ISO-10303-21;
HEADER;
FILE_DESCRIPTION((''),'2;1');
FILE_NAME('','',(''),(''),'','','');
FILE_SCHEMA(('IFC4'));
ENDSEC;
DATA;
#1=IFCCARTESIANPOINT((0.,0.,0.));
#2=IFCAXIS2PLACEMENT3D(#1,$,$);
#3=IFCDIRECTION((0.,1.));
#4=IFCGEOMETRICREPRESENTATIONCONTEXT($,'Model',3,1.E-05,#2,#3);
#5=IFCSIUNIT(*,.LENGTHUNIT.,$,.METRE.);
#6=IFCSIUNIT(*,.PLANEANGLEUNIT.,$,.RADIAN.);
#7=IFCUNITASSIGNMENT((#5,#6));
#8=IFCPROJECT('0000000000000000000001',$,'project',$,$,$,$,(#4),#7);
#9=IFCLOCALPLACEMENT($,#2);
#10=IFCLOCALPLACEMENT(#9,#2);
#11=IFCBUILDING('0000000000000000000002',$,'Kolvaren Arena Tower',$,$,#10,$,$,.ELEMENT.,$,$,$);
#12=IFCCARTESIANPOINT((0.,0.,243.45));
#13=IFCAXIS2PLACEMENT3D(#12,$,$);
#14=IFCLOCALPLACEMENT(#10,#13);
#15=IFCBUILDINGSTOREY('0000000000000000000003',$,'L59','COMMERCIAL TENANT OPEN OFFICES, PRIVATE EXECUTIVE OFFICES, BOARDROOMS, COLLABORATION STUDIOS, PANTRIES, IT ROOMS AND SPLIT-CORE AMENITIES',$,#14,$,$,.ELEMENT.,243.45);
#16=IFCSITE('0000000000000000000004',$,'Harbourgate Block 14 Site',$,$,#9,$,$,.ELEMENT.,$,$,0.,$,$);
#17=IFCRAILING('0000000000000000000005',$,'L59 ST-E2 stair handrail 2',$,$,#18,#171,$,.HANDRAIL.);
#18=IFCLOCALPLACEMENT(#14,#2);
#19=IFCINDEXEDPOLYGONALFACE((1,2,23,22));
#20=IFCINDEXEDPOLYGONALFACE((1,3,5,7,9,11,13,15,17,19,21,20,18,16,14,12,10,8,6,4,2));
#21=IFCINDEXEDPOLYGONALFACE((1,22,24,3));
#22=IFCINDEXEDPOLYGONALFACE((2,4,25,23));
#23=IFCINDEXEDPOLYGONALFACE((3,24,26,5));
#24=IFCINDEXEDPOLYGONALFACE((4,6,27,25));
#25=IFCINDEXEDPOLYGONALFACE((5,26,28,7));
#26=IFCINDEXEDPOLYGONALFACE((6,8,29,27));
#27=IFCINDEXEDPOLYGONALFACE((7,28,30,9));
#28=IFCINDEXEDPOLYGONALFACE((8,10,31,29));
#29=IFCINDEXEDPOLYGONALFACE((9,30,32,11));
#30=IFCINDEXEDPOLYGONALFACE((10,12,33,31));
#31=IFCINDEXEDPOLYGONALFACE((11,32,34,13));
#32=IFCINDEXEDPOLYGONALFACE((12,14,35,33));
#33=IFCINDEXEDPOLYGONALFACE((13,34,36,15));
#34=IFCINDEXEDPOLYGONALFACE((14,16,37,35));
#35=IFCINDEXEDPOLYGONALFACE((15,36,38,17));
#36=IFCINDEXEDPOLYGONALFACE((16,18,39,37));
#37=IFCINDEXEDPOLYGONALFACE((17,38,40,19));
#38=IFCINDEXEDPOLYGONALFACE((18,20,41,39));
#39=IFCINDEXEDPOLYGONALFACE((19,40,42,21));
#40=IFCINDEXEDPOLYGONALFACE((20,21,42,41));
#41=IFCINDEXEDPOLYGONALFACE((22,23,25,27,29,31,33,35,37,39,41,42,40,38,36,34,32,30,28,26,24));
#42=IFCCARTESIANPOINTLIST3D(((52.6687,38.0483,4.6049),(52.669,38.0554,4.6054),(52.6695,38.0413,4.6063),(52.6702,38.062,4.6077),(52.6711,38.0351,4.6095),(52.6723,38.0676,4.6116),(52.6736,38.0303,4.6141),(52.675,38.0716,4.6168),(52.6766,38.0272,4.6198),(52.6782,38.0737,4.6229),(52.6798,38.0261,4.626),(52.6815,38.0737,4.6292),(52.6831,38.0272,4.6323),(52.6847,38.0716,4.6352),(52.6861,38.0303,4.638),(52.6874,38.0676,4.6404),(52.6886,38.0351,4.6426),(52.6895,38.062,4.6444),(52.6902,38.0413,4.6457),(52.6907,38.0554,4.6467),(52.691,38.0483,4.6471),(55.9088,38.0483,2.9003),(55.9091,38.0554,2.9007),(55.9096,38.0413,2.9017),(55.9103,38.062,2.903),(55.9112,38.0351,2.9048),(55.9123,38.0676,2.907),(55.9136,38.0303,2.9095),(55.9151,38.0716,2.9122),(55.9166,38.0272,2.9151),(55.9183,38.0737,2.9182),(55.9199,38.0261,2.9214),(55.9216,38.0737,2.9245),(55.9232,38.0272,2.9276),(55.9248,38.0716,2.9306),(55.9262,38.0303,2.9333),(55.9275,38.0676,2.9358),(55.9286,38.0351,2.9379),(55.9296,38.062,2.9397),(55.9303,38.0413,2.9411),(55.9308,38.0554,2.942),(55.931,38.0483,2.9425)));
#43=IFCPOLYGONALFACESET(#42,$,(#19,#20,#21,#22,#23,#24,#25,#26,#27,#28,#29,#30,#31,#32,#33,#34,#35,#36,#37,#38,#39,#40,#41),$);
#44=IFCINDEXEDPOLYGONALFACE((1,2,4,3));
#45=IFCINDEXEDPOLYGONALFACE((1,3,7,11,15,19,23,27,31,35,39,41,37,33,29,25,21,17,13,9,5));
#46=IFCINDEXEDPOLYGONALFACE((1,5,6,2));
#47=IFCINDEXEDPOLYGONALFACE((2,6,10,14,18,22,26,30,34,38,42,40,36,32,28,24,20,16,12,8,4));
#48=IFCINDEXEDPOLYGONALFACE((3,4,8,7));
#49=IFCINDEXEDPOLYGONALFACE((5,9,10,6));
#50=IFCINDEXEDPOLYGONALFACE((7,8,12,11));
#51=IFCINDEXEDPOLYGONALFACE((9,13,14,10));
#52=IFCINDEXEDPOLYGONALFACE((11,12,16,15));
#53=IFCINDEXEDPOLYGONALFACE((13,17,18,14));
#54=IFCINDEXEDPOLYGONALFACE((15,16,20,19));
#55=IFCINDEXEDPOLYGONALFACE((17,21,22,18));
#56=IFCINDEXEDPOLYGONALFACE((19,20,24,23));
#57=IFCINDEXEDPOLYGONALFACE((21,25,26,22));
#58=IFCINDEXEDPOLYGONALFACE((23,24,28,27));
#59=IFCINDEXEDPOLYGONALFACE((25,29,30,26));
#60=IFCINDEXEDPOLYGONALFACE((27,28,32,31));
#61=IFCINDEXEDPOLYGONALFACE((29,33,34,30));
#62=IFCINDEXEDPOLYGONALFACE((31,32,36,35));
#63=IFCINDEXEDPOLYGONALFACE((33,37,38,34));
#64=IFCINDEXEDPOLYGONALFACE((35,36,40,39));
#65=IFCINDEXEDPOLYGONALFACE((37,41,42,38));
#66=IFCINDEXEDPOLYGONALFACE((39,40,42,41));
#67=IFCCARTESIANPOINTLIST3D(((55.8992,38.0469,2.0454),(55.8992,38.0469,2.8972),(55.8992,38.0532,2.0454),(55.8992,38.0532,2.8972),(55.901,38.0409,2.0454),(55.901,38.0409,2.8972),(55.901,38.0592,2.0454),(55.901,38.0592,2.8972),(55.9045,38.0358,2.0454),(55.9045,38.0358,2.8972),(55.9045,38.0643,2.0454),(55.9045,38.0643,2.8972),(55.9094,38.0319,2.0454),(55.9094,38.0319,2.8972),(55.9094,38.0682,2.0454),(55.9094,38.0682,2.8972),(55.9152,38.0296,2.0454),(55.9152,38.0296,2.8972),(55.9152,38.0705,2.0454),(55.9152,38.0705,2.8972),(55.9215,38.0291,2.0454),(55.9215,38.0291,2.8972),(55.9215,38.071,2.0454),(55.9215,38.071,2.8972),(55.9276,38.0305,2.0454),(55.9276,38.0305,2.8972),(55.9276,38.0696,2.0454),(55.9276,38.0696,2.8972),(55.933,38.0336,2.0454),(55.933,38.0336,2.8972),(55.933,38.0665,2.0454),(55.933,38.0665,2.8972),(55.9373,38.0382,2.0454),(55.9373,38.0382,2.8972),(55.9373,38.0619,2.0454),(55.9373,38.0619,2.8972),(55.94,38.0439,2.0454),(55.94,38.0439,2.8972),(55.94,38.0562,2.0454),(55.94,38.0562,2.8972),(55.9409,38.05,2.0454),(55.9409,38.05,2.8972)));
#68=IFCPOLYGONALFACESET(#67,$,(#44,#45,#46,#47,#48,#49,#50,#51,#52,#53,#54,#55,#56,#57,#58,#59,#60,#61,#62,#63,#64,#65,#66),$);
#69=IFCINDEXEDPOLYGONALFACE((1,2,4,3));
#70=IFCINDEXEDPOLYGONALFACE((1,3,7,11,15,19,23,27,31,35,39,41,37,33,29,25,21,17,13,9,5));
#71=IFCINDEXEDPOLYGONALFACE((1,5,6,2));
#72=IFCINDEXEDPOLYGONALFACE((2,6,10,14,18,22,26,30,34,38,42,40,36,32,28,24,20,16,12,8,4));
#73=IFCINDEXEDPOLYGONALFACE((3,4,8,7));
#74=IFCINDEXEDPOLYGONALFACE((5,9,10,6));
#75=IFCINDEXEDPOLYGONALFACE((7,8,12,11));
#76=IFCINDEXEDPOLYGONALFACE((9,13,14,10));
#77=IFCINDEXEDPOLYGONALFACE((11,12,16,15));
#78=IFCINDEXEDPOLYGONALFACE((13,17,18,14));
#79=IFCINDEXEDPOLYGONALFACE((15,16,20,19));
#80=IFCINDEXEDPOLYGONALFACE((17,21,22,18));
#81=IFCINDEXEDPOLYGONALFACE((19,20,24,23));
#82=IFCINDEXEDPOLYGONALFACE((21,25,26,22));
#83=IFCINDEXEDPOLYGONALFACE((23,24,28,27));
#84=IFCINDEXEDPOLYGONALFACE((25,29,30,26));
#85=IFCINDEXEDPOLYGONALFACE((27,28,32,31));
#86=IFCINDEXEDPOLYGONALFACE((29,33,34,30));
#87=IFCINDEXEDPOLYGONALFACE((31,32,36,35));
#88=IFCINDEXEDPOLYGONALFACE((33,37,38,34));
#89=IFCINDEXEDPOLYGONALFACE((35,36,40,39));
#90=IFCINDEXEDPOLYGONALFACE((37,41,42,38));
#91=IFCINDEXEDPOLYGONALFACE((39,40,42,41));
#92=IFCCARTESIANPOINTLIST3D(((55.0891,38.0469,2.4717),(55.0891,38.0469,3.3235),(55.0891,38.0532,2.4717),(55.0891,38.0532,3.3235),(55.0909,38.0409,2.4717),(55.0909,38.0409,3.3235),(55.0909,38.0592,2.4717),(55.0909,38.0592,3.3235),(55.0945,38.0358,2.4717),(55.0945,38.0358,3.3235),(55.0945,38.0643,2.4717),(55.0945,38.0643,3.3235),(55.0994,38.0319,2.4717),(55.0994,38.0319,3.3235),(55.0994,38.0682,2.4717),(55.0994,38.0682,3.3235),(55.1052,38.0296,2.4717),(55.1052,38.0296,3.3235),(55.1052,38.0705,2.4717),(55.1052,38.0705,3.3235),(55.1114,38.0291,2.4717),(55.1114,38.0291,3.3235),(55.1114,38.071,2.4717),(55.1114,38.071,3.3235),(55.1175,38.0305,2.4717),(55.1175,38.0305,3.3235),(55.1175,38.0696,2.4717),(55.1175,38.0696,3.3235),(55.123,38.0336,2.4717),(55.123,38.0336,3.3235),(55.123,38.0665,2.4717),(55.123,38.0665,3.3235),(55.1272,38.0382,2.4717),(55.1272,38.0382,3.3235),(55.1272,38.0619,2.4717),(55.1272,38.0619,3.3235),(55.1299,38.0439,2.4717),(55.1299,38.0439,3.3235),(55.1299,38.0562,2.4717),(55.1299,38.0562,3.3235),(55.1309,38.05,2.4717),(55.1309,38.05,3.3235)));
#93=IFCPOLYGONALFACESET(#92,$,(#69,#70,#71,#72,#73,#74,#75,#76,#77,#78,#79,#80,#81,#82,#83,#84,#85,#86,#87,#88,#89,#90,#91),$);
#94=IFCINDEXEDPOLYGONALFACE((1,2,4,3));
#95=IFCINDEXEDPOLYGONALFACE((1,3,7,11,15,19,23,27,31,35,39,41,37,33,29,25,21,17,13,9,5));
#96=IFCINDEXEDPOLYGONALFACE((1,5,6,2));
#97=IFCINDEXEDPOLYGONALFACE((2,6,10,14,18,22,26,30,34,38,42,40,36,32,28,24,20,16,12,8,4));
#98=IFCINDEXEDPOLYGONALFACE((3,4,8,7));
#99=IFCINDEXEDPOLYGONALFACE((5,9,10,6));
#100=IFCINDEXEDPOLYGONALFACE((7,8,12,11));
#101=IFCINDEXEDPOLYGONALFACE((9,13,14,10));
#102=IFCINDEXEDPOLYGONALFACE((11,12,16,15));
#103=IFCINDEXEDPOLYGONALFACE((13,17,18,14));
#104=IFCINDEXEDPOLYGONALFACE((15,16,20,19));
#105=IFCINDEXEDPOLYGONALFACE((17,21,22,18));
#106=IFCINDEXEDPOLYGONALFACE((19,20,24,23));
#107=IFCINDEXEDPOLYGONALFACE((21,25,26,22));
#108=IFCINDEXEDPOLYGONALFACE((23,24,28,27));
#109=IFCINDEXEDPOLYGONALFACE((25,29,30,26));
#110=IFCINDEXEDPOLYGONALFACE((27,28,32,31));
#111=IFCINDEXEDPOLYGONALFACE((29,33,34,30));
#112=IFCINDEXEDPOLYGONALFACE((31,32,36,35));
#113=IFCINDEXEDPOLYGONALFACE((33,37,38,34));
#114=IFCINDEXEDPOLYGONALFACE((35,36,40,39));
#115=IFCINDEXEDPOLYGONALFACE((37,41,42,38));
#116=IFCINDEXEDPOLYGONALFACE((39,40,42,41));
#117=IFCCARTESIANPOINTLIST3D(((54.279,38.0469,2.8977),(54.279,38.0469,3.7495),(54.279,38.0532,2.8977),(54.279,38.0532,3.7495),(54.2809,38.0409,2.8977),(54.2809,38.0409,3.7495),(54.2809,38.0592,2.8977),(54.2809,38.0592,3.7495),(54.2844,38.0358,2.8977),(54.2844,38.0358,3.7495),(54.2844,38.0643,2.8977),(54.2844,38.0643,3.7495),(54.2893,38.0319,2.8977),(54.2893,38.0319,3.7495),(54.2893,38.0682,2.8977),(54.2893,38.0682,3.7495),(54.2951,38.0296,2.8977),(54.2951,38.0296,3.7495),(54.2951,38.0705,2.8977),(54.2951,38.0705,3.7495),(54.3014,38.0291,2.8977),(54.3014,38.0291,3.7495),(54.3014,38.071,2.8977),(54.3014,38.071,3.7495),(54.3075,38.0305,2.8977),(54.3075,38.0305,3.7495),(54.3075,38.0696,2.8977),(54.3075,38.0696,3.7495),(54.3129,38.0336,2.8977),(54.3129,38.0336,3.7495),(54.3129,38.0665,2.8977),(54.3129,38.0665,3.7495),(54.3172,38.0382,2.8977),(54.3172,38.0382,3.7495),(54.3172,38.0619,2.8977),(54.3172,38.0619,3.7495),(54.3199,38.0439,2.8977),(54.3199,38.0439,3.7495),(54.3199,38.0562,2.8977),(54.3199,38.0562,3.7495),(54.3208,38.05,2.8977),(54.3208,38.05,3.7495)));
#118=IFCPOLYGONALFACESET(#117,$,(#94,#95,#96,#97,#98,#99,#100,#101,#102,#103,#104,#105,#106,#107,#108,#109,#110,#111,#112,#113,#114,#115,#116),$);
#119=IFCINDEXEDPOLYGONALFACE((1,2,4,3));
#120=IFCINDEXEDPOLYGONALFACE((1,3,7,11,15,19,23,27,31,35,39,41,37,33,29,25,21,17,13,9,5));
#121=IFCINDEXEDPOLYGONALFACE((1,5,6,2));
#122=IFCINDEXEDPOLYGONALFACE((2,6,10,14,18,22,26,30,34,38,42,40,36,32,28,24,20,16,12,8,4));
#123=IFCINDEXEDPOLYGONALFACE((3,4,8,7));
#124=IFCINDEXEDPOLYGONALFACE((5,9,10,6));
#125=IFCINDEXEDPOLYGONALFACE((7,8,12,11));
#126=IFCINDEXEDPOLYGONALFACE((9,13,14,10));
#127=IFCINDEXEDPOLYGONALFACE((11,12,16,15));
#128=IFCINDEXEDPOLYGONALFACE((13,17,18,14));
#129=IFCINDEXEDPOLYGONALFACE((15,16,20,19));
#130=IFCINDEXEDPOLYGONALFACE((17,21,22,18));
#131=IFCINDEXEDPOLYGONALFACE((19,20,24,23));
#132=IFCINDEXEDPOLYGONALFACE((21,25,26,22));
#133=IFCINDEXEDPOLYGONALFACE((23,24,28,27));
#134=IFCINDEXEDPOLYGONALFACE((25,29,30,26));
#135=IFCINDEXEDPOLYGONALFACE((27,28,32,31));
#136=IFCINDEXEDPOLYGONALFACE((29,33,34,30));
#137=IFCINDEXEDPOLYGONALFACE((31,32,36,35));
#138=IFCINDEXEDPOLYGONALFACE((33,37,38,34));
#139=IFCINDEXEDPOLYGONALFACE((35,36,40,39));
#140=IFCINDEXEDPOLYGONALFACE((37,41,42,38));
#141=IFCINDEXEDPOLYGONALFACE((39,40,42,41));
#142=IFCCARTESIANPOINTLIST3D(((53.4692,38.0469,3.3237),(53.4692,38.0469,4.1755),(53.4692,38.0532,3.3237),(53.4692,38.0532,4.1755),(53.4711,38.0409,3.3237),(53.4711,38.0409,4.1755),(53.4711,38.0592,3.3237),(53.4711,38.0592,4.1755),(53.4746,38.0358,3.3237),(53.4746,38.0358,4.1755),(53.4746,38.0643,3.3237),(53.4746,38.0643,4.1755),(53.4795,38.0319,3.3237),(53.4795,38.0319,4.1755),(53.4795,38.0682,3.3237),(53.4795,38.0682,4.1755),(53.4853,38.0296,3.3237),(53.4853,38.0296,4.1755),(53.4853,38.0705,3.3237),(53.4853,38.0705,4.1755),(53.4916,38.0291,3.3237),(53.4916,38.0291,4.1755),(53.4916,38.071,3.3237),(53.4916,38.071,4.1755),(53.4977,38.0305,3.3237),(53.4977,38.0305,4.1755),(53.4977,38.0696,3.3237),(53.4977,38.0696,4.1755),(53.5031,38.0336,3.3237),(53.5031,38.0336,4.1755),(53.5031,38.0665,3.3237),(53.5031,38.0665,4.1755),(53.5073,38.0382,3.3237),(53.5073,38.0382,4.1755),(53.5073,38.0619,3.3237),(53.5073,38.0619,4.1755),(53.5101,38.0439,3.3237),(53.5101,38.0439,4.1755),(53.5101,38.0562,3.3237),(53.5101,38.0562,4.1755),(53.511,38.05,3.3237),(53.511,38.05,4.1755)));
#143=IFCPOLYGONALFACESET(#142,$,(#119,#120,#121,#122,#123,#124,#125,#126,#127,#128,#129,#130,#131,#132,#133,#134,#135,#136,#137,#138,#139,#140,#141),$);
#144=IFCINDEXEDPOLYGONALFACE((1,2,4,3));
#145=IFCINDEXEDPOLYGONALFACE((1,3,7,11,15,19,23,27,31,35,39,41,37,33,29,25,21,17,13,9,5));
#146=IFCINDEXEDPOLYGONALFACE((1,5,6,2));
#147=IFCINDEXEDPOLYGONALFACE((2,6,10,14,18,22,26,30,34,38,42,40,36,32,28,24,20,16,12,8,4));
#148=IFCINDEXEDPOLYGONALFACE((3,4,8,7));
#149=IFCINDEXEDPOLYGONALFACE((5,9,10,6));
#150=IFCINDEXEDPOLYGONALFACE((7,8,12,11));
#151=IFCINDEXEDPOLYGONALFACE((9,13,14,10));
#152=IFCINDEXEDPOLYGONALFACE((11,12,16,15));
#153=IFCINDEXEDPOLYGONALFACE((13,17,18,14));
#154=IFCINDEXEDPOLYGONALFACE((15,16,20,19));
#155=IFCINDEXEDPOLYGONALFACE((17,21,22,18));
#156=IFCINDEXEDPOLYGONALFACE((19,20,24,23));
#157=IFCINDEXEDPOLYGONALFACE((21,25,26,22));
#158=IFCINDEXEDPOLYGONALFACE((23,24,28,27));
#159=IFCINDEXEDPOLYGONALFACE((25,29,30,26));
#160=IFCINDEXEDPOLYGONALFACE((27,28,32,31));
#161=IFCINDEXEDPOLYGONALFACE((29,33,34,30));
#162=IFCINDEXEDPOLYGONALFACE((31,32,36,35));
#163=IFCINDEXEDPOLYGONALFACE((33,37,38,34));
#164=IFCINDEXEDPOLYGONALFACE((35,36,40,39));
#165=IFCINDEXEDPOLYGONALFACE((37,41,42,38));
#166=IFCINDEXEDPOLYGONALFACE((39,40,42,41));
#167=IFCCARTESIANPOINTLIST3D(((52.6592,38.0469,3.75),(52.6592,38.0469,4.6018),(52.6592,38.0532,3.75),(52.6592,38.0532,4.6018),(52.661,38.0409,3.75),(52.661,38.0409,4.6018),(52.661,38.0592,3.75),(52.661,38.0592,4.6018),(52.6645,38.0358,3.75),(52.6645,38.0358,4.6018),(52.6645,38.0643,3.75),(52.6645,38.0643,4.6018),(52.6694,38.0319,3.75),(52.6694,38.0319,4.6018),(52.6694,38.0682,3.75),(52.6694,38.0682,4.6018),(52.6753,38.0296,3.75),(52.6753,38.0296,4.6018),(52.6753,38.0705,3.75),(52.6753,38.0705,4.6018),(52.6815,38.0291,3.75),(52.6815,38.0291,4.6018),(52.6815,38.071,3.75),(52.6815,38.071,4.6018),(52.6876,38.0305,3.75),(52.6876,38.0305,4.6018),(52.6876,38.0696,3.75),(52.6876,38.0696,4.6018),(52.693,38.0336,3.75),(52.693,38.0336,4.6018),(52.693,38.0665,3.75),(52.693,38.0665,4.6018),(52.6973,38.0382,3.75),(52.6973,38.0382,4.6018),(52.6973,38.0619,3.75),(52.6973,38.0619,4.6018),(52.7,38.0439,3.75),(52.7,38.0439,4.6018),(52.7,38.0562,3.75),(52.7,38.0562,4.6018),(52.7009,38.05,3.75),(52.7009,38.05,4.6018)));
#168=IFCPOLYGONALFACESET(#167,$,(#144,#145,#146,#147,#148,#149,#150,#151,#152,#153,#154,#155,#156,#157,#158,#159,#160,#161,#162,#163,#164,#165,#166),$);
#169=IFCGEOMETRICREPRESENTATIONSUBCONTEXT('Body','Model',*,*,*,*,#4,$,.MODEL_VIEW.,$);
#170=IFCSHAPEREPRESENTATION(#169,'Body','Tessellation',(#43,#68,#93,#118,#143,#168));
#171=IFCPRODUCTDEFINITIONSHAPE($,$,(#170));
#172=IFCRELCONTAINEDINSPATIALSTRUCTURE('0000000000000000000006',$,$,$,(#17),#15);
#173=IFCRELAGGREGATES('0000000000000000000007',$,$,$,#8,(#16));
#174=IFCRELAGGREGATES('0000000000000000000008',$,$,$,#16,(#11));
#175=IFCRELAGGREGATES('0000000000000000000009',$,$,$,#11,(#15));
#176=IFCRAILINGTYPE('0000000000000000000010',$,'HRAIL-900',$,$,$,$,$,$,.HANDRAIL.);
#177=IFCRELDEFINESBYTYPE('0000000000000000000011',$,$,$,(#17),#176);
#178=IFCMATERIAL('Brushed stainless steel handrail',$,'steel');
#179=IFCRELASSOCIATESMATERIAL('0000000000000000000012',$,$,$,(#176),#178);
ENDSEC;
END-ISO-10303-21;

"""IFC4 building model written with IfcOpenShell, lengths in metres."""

from ifc_helpers import new_model, si_unit, direction, frame, origin, origin_2d, place, context, subcontext, project, spatial, circle, extrude, material, type_object, element, save


model = new_model("IFC4")

# Units and contexts
model_context = context("Model", 3, precision=1e-05, world=origin(), true_north=direction((0.0, 1.0)))
body_context = subcontext(model_context, "Body", "Model", "MODEL_VIEW")
ifc_project = project(units=[si_unit("LENGTHUNIT", "METRE"), si_unit("PLANEANGLEUNIT", "RADIAN")], contexts=[model_context])

# Site, building, storey
site_placement = place(None, origin())
site = spatial("IfcSite", under=ifc_project, at=site_placement, Name="Harbourgate Block 14 Site", CompositionType="ELEMENT", RefElevation=0.0)
building_placement = place(site_placement, origin())
building = spatial("IfcBuilding", under=site, at=building_placement, Name="Kolvaren Arena Tower", CompositionType="ELEMENT")
storey_placement = place(building_placement, frame((0.0, 0.0, 243.45)))
storey = spatial("IfcBuildingStorey", under=building, at=storey_placement, Name="L59", Description="COMMERCIAL TENANT OPEN OFFICES, PRIVATE EXECUTIVE OFFICES, BOARDROOMS, COLLABORATION STUDIOS, PANTRIES, IT ROOMS AND SPLIT-CORE AMENITIES", CompositionType="ELEMENT", Elevation=243.45)

# Railing
ifc_material_1 = material(Name="Brushed stainless steel handrail", Category="steel")
railing_type_1 = type_object("IfcRailingType", Name="HRAIL-900", PredefinedType="HANDRAIL", material=ifc_material_1)
for number, where, name in (
    (1, (55.9199, 38.05, 2.0454), "L59 ST-E2 stair handrail 2"),
):
    element("IfcRailing", number, at=place(storey_placement, frame(where)), inside=storey, type_object=railing_type_1, Name=name, PredefinedType="HANDRAIL", context=body_context, shape_type="SweptSolid", body=[
        extrude(circle(Radius=0.0239, at=origin_2d()), frame((0.0, 0.0, 0.876), z_axis=(-0.884993, 0.0, 0.465604), x_axis=(0.0, -1.0, 0.0)), (0.0, 0.0, 1.0), 3.6611),
        extrude(circle(Radius=0.021, at=origin_2d()), origin(), (0.0, 0.0, 1.0), 0.8518),
        extrude(circle(Radius=0.021, at=origin_2d()), frame((-0.8101, 0.0, 0.4263)), (0.0, 0.0, 1.0), 0.8518),
        extrude(circle(Radius=0.021, at=origin_2d()), frame((-1.6201, 0.0, 0.8523)), (0.0, 0.0, 1.0), 0.8518),
        extrude(circle(Radius=0.021, at=origin_2d()), frame((-2.4299, 0.0, 1.2783)), (0.0, 0.0, 1.0), 0.8518),
        extrude(circle(Radius=0.021, at=origin_2d()), frame((-3.24, 0.0, 1.7046)), (0.0, 0.0, 1.0), 0.8518),
    ])

save(model, "model.ifc")
